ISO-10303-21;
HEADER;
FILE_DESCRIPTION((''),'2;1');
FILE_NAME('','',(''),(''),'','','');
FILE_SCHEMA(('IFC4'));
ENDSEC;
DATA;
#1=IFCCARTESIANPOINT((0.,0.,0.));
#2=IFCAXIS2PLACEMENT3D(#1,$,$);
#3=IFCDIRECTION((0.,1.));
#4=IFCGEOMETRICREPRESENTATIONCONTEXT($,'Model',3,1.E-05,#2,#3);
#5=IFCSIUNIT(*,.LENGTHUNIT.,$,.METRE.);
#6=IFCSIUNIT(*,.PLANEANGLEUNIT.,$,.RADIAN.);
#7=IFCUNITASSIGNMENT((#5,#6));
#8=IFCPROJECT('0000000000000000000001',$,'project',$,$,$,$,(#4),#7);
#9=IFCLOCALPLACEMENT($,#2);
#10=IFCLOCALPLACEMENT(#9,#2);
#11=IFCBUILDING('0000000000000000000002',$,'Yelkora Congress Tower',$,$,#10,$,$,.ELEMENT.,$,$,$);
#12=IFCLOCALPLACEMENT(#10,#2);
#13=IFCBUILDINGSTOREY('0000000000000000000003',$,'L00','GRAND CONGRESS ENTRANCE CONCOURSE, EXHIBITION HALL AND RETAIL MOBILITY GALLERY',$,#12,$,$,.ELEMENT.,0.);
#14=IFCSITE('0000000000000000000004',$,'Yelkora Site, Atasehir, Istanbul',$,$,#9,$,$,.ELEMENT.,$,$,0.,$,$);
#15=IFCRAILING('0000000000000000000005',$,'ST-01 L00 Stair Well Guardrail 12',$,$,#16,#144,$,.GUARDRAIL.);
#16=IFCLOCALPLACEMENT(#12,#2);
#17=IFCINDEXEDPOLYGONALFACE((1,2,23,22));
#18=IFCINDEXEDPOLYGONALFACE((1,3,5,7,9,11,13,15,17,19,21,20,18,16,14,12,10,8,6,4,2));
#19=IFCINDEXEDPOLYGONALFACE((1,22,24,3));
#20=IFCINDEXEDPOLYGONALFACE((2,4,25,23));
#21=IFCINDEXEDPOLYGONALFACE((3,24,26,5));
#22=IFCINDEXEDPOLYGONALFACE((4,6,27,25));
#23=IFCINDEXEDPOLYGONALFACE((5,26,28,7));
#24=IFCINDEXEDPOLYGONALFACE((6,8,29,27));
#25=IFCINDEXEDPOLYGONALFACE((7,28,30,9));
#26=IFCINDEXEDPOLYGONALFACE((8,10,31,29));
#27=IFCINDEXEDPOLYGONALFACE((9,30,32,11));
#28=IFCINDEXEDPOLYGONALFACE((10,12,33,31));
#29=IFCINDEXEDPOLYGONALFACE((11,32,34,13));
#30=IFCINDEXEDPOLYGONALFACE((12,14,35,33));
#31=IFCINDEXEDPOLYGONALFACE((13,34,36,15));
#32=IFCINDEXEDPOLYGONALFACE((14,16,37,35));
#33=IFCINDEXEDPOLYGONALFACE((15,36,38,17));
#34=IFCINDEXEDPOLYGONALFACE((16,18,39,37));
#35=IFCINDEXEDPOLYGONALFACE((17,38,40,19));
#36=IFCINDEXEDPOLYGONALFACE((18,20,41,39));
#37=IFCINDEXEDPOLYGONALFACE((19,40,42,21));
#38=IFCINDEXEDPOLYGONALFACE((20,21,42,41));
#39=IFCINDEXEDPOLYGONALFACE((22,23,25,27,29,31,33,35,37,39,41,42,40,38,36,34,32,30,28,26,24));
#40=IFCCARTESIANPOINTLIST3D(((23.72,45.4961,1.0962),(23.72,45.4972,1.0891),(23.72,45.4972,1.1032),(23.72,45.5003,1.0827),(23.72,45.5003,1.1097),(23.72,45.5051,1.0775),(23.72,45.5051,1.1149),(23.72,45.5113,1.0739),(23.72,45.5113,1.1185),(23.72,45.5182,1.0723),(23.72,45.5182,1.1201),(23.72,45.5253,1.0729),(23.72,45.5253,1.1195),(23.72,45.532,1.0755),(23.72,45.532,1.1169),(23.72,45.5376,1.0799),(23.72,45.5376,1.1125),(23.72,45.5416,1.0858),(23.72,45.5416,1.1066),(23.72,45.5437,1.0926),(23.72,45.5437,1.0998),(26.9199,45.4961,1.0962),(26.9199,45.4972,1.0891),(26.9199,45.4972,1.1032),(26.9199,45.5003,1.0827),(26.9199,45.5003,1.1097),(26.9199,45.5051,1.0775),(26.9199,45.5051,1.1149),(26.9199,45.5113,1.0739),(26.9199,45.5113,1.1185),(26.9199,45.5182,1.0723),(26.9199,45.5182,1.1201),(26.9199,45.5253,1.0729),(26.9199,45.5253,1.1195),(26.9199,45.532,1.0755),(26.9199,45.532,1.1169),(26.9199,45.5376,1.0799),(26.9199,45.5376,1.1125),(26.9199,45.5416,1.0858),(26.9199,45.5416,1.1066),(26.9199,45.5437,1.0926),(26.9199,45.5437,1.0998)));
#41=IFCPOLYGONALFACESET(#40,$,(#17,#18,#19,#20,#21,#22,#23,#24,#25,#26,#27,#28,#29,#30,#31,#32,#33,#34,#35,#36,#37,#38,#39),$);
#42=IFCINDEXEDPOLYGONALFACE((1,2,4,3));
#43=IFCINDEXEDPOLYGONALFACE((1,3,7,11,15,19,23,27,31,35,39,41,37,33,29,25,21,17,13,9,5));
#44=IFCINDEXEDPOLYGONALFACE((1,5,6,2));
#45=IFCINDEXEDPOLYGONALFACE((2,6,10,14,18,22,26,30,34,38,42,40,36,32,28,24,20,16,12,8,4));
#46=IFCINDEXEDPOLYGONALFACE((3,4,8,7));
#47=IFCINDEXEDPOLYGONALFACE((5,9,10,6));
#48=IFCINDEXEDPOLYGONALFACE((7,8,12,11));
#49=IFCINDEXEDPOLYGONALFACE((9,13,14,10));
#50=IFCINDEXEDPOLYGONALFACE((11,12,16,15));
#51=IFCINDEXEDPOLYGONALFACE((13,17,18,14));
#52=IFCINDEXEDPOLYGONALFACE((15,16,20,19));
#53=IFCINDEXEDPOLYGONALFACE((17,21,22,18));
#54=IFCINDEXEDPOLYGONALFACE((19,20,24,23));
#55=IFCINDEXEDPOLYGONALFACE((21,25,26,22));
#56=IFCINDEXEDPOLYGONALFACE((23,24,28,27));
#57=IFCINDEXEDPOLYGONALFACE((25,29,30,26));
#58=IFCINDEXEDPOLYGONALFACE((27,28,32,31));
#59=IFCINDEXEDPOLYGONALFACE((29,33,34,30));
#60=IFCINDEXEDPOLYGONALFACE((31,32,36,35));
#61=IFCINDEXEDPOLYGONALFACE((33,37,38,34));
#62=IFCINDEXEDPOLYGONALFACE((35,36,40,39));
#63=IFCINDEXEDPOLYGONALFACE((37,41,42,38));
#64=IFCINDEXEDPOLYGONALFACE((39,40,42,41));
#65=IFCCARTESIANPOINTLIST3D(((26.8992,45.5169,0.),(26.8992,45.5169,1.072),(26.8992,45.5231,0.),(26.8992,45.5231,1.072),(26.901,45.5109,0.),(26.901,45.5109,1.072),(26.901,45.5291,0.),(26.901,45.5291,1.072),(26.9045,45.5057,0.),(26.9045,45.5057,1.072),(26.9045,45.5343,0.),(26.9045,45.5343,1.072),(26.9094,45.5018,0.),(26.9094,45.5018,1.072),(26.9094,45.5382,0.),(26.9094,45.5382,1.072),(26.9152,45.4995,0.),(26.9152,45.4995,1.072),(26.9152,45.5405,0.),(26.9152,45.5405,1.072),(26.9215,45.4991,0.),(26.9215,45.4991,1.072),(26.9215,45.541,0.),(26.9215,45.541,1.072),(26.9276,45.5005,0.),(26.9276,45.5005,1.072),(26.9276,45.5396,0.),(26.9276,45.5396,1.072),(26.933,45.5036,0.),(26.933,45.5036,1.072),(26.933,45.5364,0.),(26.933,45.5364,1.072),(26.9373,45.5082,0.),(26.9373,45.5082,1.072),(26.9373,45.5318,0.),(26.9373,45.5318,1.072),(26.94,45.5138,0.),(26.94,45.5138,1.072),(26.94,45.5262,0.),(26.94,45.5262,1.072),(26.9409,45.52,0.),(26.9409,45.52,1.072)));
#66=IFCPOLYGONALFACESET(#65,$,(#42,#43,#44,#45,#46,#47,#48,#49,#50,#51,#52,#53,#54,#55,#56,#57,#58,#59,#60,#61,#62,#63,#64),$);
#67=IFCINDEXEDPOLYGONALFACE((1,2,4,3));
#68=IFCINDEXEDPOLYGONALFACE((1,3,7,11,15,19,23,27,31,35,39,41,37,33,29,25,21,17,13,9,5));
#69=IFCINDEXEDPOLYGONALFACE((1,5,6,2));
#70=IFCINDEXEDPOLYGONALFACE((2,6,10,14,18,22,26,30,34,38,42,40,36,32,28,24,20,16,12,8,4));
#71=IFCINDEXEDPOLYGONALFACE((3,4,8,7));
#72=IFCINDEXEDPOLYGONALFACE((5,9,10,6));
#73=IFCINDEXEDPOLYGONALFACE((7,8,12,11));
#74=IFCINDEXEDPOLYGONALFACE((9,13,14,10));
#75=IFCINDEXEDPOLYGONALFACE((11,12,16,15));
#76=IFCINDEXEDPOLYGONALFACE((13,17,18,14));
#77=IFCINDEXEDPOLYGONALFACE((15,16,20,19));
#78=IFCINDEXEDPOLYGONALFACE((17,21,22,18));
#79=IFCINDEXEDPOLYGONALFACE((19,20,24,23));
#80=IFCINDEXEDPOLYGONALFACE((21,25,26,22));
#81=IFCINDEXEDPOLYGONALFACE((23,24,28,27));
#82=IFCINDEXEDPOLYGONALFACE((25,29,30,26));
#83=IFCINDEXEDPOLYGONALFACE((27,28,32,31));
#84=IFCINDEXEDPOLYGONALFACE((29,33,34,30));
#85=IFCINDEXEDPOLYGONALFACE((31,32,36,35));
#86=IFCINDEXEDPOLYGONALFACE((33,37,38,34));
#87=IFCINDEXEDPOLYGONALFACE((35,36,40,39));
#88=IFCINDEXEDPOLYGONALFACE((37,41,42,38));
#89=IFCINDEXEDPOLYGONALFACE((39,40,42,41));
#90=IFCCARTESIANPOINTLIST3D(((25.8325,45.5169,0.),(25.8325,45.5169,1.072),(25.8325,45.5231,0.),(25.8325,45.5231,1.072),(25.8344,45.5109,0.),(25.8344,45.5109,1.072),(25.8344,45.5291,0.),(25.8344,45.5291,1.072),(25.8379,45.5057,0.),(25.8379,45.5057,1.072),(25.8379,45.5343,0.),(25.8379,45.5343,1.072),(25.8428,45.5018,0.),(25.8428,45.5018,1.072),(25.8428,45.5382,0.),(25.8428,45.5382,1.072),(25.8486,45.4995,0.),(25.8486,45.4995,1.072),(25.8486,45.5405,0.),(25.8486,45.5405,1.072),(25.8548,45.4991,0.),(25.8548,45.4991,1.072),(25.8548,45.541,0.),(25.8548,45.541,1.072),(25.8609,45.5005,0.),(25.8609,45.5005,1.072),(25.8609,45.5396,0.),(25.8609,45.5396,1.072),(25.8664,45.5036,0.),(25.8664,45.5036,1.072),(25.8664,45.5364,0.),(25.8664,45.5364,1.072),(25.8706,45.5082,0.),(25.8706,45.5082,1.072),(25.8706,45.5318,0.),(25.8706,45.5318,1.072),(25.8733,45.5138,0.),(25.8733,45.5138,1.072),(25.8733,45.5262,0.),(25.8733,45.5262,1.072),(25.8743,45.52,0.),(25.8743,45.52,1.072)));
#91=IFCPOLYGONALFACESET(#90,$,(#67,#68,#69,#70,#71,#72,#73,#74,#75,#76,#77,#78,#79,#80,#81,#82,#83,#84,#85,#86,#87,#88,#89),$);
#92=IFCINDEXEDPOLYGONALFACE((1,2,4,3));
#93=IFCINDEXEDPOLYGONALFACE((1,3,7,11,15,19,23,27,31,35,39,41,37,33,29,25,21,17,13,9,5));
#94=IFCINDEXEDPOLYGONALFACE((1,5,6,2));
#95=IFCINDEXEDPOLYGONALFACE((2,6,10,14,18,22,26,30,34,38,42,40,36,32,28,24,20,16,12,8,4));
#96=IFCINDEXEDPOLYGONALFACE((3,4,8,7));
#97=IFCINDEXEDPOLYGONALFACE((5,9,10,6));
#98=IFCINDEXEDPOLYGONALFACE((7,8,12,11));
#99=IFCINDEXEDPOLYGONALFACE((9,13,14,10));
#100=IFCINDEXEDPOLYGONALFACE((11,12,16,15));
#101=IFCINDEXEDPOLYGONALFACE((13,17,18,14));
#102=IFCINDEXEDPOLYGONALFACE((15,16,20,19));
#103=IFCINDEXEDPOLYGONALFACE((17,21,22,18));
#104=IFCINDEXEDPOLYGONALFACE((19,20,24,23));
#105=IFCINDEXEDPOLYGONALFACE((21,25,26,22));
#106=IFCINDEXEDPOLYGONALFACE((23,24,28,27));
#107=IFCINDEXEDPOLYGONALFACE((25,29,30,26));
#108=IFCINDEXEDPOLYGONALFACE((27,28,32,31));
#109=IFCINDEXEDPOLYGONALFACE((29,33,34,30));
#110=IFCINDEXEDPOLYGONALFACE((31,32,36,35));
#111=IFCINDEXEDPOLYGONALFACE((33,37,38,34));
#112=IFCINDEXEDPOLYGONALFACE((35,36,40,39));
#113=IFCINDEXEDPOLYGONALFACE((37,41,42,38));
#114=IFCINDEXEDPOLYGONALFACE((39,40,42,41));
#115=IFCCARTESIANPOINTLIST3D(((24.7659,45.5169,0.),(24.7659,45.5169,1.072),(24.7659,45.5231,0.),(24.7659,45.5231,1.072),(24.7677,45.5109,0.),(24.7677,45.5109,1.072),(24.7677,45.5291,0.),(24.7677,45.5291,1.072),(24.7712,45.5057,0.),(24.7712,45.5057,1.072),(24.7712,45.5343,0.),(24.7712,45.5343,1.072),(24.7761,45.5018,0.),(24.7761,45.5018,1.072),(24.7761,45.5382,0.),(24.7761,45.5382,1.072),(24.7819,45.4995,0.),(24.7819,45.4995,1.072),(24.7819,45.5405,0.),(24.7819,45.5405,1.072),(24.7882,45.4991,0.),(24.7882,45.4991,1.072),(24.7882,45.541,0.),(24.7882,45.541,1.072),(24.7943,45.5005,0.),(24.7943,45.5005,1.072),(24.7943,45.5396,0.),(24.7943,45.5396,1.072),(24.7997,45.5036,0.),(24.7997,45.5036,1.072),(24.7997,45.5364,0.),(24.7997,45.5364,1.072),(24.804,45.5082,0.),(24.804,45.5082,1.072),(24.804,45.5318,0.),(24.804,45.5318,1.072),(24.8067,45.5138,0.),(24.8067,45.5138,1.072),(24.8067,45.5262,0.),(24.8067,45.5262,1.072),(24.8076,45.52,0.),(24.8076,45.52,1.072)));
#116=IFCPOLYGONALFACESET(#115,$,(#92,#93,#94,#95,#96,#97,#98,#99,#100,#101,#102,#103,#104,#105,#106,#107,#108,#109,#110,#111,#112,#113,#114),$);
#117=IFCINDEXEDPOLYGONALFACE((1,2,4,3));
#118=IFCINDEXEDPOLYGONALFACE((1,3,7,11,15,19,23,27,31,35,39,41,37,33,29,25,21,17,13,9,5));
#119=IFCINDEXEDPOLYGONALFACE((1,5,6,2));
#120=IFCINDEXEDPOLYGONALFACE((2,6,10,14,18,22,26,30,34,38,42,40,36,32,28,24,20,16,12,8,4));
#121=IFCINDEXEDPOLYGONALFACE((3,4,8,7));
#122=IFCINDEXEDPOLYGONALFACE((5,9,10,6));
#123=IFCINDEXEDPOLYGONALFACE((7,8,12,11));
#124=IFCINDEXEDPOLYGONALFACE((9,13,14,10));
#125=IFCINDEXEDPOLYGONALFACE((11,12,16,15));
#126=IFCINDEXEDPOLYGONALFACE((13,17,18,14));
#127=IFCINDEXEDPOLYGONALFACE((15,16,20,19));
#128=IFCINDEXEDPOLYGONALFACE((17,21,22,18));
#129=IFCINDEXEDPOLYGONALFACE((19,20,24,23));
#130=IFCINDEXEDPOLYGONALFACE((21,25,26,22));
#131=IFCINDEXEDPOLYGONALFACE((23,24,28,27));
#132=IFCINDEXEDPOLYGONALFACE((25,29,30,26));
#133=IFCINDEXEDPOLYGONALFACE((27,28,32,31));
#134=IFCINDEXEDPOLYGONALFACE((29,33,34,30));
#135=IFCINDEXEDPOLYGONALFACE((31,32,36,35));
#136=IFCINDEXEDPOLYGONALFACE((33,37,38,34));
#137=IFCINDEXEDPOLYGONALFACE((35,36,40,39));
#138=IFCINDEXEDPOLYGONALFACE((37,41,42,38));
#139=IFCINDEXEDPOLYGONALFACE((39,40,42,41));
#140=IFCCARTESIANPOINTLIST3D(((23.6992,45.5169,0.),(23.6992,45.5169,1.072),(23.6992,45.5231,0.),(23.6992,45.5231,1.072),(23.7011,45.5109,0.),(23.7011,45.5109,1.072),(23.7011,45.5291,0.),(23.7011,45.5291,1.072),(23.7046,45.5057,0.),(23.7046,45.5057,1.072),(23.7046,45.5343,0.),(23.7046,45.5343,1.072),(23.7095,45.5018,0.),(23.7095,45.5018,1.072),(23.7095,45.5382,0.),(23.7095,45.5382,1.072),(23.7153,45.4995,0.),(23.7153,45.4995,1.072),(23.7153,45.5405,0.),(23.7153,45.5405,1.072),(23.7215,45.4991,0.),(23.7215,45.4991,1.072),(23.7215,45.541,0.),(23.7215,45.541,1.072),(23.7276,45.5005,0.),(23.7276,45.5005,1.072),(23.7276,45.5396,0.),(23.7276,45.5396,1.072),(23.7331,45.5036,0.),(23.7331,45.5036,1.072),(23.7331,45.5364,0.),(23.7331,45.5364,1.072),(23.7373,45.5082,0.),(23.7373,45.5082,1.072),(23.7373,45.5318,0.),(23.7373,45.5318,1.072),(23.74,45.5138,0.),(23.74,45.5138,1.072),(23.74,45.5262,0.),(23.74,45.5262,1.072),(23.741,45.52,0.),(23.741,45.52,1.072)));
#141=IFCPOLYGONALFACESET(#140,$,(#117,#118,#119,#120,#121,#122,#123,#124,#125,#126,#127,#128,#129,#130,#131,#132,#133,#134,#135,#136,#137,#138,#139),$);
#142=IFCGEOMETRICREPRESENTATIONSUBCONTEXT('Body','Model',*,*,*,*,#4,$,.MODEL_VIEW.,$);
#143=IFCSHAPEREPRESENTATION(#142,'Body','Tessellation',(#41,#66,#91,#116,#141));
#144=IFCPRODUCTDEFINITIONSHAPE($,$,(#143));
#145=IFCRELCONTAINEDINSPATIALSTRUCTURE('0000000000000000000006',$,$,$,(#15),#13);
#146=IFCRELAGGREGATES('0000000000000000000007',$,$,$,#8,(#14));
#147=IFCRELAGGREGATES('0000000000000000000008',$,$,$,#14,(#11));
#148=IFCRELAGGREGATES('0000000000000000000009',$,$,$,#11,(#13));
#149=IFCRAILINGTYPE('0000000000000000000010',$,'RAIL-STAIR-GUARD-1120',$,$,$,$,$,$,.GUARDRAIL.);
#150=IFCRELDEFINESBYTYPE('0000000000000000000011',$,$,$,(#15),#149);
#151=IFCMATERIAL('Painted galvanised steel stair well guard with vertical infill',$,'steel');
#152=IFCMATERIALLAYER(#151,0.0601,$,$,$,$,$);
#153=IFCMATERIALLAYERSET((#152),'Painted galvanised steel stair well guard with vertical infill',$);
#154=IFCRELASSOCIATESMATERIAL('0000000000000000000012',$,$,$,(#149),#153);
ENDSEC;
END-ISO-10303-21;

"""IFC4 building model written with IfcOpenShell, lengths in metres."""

from ifc_helpers import new_model, si_unit, direction, frame, origin, origin_2d, place, context, subcontext, project, spatial, circle, extrude, material, layer, layer_set, type_object, element, save


model = new_model("IFC4")

# Units and contexts
model_context = context("Model", 3, precision=1e-05, world=origin(), true_north=direction((0.0, 1.0)))
body_context = subcontext(model_context, "Body", "Model", "MODEL_VIEW")
ifc_project = project(units=[si_unit("LENGTHUNIT", "METRE"), si_unit("PLANEANGLEUNIT", "RADIAN")], contexts=[model_context])

# Site, building, storey
site_placement = place(None, origin())
site = spatial("IfcSite", under=ifc_project, at=site_placement, Name="Yelkora Site, Atasehir, Istanbul", CompositionType="ELEMENT", RefElevation=0.0)
building_placement = place(site_placement, origin())
building = spatial("IfcBuilding", under=site, at=building_placement, Name="Yelkora Congress Tower", CompositionType="ELEMENT")
storey_placement = place(building_placement, origin())
storey = spatial("IfcBuildingStorey", under=building, at=storey_placement, Name="L00", Description="GRAND CONGRESS ENTRANCE CONCOURSE, EXHIBITION HALL AND RETAIL MOBILITY GALLERY", CompositionType="ELEMENT", Elevation=0.0)

# Railing
ifc_material_1 = material(Name="Painted galvanised steel stair well guard with vertical infill", Category="steel")
ifc_layer_1 = layer(ifc_material_1, 0.0601)
ifc_layer_set_1 = layer_set([ifc_layer_1], Name="Painted galvanised steel stair well guard with vertical infill")
railing_type_1 = type_object("IfcRailingType", Name="RAIL-STAIR-GUARD-1120", PredefinedType="GUARDRAIL", material=ifc_layer_set_1)
railing_1_placement = place(storey_placement, frame((26.9199, 45.52, 0.0)))
element("IfcRailing", 1, at=railing_1_placement, inside=storey, type_object=railing_type_1, Name="ST-01 L00 Stair Well Guardrail 12", PredefinedType="GUARDRAIL", context=body_context, shape_type="SweptSolid", body=[
    extrude(circle(Radius=0.0239, at=origin_2d()), frame((0.0, 0.0, 1.0962), z_axis=(-1.0, 0.0, 0.0), x_axis=(0.0, -1.0, 0.0)), (0.0, 0.0, 1.0), 3.2),
    extrude(circle(Radius=0.021, at=origin_2d()), origin(), (0.0, 0.0, 1.0), 1.072),
    extrude(circle(Radius=0.021, at=origin_2d()), frame((-1.0667, 0.0, 0.0)), (0.0, 0.0, 1.0), 1.072),
    extrude(circle(Radius=0.021, at=origin_2d()), frame((-2.1333, 0.0, 0.0)), (0.0, 0.0, 1.0), 1.072),
    extrude(circle(Radius=0.021, at=origin_2d()), frame((-3.2, 0.0, 0.0)), (0.0, 0.0, 1.0), 1.072),
])

save(model, "model.ifc")
